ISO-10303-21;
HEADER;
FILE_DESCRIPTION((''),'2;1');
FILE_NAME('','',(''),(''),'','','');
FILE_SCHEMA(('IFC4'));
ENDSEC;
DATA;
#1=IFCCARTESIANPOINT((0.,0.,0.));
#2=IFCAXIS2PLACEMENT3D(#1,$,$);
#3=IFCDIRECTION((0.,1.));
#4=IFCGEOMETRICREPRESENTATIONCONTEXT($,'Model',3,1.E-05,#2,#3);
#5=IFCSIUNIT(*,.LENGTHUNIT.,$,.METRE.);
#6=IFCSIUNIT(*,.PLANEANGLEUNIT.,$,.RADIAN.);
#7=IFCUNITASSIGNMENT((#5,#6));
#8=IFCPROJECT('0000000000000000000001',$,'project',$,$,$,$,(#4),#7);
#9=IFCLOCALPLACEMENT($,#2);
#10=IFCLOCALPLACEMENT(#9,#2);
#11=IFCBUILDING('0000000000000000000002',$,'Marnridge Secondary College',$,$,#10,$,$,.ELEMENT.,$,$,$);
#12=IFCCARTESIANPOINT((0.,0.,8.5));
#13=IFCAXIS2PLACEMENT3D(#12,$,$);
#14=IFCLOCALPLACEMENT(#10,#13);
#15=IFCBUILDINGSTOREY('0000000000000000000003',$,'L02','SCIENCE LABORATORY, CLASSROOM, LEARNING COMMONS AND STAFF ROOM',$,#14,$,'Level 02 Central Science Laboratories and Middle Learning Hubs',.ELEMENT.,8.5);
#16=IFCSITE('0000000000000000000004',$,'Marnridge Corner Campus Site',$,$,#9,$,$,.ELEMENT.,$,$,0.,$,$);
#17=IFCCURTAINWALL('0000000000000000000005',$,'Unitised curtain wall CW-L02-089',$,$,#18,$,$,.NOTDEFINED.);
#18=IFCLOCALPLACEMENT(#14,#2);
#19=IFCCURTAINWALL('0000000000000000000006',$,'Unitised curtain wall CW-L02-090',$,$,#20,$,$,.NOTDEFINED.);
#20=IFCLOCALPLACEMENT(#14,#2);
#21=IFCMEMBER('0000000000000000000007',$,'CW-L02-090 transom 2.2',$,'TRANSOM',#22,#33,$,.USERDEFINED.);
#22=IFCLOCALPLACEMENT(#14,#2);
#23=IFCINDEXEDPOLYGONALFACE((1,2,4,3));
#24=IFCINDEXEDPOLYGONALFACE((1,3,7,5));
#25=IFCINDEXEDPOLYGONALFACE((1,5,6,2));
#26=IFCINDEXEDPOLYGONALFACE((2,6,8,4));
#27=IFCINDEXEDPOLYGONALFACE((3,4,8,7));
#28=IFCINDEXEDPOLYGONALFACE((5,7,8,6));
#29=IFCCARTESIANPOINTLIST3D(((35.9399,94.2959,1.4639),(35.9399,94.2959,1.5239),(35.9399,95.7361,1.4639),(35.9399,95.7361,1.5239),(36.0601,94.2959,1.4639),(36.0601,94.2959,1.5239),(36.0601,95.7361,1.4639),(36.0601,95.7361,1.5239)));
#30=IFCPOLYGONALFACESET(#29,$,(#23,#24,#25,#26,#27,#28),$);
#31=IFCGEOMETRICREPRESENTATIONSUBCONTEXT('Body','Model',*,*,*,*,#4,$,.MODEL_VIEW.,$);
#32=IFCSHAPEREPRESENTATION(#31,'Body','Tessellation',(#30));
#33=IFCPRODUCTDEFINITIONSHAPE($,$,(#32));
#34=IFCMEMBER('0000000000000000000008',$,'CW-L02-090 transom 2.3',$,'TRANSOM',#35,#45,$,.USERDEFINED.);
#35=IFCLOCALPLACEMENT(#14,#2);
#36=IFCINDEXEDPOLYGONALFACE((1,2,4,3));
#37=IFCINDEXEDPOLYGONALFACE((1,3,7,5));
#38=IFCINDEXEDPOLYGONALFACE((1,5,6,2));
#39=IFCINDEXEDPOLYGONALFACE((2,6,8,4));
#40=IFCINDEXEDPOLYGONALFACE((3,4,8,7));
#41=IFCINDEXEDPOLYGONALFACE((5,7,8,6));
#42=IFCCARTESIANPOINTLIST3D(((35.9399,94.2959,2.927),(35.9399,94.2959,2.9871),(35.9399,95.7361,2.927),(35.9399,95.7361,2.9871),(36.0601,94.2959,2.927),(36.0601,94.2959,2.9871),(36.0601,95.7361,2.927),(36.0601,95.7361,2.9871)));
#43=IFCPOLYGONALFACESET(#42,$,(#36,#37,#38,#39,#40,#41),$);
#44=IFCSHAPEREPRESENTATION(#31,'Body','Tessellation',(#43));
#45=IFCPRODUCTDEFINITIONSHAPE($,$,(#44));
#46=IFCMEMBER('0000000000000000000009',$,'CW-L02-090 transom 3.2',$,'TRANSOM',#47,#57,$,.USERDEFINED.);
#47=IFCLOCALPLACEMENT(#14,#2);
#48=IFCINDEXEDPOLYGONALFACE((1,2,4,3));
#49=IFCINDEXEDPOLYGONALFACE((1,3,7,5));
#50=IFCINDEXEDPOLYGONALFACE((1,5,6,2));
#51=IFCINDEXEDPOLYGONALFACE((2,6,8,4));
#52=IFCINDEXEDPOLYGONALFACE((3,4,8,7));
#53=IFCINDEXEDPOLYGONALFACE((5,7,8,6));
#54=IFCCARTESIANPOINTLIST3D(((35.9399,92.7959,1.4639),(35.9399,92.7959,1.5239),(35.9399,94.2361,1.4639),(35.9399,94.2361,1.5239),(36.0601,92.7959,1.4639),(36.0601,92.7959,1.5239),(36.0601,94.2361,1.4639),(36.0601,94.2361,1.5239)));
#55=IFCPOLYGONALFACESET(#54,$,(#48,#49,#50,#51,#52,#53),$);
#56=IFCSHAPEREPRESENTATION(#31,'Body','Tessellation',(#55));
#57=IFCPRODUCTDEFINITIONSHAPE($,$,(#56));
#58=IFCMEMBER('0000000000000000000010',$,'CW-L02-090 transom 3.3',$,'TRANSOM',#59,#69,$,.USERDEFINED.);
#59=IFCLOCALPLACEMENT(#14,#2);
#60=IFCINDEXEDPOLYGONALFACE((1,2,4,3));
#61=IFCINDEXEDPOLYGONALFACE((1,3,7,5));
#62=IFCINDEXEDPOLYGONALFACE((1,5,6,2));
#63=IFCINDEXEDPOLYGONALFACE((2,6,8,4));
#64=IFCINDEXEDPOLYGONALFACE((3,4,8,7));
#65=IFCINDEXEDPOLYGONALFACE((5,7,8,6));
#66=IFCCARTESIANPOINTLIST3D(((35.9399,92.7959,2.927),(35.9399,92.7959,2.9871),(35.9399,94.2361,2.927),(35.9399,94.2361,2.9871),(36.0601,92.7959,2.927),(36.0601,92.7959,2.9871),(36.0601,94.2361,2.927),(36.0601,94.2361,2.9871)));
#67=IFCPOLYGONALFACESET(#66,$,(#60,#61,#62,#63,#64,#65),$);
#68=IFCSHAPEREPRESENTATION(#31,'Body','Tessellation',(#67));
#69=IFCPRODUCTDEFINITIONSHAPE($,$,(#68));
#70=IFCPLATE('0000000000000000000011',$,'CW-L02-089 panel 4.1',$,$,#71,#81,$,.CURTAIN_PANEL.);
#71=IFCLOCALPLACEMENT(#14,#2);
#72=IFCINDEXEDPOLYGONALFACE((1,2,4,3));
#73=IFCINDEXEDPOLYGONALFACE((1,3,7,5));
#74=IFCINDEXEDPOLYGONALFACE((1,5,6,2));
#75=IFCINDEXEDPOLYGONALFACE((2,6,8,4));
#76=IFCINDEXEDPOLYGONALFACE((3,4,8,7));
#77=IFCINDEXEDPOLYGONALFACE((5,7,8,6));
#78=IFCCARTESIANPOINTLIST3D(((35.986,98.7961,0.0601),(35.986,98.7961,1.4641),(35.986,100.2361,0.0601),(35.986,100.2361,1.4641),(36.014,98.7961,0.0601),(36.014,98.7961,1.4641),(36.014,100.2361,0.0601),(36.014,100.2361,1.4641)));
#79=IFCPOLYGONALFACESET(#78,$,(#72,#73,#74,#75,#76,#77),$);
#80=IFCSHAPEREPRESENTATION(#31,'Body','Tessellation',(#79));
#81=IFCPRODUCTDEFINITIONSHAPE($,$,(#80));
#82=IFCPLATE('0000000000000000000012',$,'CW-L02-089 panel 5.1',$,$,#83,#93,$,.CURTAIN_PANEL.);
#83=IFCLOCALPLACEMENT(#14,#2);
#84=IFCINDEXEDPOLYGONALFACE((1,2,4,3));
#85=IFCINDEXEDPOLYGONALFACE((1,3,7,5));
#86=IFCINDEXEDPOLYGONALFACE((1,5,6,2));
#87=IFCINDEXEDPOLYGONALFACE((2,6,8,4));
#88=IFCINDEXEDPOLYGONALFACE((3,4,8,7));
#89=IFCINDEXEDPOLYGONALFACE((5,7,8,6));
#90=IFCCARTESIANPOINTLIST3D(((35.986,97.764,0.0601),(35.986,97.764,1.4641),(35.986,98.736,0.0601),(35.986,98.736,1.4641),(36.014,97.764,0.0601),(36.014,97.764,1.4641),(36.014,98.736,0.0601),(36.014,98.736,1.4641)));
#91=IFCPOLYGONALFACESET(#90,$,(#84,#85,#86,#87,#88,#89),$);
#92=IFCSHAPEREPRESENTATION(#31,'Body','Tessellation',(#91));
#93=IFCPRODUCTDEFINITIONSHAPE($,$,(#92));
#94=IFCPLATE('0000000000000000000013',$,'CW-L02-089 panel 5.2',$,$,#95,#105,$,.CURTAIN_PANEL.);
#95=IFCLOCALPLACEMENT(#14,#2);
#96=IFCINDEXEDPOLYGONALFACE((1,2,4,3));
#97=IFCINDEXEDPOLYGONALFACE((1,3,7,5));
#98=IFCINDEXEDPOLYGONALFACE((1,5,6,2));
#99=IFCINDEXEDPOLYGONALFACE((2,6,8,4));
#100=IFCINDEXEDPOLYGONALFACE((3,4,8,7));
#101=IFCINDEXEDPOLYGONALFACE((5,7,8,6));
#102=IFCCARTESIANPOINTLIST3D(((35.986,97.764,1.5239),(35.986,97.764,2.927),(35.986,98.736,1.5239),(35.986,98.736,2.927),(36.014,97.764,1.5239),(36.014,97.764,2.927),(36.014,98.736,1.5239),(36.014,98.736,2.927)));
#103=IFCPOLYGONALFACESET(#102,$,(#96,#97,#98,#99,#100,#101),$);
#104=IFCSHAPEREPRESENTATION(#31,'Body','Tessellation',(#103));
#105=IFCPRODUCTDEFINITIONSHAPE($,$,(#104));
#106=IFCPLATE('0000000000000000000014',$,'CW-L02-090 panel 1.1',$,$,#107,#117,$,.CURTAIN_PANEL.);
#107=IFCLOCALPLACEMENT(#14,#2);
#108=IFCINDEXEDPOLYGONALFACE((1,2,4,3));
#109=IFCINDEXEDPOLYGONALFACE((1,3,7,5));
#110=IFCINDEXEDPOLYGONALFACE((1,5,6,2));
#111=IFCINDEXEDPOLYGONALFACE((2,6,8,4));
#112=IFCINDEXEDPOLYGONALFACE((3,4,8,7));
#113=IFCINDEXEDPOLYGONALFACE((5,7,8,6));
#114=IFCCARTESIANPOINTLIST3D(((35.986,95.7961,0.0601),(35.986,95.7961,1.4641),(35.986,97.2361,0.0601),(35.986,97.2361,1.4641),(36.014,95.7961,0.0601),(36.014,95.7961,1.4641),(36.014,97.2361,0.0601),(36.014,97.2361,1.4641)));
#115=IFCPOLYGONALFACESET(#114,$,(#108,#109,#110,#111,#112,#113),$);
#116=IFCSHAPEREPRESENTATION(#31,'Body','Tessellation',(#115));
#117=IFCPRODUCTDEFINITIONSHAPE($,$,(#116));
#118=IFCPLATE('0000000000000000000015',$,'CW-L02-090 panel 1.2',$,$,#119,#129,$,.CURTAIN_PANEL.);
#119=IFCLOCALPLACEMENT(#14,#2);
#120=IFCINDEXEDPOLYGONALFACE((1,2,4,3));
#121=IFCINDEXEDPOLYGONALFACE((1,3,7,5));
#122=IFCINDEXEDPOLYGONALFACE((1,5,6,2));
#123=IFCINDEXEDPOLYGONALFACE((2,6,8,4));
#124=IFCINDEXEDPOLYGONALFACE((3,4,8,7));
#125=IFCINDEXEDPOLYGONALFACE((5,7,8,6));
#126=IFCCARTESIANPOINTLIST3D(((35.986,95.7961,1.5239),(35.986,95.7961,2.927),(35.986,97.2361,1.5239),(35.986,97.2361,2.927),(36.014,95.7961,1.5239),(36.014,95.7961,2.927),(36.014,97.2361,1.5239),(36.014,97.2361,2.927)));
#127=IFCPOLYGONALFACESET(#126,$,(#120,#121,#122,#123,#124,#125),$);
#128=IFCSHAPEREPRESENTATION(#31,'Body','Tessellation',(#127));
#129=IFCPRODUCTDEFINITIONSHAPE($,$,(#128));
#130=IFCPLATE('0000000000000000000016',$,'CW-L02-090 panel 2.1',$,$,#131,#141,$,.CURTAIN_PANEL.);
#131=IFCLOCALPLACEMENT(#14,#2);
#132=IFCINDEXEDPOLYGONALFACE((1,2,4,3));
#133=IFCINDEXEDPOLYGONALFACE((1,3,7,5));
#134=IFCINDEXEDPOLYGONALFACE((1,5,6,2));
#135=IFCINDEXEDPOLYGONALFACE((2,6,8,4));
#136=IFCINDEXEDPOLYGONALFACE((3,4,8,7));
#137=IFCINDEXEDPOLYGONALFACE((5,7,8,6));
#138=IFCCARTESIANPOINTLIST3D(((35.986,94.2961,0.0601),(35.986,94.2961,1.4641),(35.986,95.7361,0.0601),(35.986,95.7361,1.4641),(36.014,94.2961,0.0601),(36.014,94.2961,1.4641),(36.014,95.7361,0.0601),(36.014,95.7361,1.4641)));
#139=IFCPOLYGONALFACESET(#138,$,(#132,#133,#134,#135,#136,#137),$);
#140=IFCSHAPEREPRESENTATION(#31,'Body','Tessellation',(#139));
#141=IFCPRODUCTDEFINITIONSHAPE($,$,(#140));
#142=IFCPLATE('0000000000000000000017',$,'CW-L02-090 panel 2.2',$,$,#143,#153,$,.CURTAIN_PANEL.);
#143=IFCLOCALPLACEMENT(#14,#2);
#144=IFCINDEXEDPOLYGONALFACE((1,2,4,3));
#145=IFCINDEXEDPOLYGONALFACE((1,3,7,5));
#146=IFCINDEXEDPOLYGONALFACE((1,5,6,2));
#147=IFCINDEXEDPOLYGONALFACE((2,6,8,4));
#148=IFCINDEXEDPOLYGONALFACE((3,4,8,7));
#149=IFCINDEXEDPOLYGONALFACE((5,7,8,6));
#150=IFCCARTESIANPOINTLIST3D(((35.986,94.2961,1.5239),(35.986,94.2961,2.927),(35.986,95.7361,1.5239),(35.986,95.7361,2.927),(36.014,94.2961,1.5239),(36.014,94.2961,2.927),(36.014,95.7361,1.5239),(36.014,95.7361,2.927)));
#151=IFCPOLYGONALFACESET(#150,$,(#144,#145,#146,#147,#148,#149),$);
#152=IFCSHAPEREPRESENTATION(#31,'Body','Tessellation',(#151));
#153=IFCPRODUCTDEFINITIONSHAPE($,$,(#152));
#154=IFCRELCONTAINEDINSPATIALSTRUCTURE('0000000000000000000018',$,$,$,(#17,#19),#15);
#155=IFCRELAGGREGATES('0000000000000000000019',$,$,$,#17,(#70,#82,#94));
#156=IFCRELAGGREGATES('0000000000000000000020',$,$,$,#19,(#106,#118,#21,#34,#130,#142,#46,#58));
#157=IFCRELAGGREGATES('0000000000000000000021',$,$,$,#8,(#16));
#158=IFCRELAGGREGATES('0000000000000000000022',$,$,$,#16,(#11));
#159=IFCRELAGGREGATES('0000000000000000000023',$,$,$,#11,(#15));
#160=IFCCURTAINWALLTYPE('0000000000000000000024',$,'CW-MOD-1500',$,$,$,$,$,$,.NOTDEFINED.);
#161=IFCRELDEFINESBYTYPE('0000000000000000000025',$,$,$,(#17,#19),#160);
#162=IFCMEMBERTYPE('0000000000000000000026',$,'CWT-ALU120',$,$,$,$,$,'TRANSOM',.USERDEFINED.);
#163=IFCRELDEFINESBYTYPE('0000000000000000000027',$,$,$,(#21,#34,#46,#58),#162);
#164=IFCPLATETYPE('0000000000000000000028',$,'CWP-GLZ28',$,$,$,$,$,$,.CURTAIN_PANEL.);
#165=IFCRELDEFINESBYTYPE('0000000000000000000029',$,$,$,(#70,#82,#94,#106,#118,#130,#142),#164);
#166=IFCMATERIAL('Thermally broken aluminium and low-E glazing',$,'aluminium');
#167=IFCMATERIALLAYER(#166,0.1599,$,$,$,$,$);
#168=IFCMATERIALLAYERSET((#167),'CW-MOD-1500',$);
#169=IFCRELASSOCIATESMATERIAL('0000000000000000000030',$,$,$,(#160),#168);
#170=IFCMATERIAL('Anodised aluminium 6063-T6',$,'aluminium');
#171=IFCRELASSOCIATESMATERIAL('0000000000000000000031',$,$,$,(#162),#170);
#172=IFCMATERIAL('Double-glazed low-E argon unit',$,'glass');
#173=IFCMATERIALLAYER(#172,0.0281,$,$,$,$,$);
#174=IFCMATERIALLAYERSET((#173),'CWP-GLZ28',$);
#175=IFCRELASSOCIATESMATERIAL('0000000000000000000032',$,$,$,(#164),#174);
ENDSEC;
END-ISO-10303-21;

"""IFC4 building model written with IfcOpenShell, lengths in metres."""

from ifc_helpers import new_model, si_unit, direction, frame, origin, origin_2d, place, context, subcontext, project, spatial, rectangle, extrude, material, layer, layer_set, material_profile, profile_set, type_object, element, aggregate, save


model = new_model("IFC4")

# Units and contexts
model_context = context("Model", 3, precision=1e-05, world=origin(), true_north=direction((0.0, 1.0)))
body_context = subcontext(model_context, "Body", "Model", "MODEL_VIEW")
ifc_project = project(units=[si_unit("LENGTHUNIT", "METRE"), si_unit("PLANEANGLEUNIT", "RADIAN")], contexts=[model_context])

# Site, building, storey
site_placement = place(None, origin())
site = spatial("IfcSite", under=ifc_project, at=site_placement, Name="Marnridge Corner Campus Site", CompositionType="ELEMENT", RefElevation=0.0)
building_placement = place(site_placement, origin())
building = spatial("IfcBuilding", under=site, at=building_placement, Name="Marnridge Secondary College", CompositionType="ELEMENT")
storey_placement = place(building_placement, frame((0.0, 0.0, 8.5)))
storey = spatial("IfcBuildingStorey", under=building, at=storey_placement, Name="L02", Description="SCIENCE LABORATORY, CLASSROOM, LEARNING COMMONS AND STAFF ROOM", LongName="Level 02 Central Science Laboratories and Middle Learning Hubs", CompositionType="ELEMENT", Elevation=8.5)

# Curtain walls
ifc_material_1 = material(Name="Thermally broken aluminium and low-E glazing", Category="aluminium")
ifc_layer_1 = layer(ifc_material_1, 0.1599)
ifc_layer_set_1 = layer_set([ifc_layer_1], Name="CW-MOD-1500")
curtain_wall_type = type_object("IfcCurtainWallType", Name="CW-MOD-1500", PredefinedType="NOTDEFINED", material=ifc_layer_set_1)
curtain_wall_1_placement = place(storey_placement, origin())
curtain_wall_1 = element("IfcCurtainWall", 1, at=curtain_wall_1_placement, inside=storey, type_object=curtain_wall_type, Name="Unitised curtain wall CW-L02-089", PredefinedType="NOTDEFINED")
curtain_wall_2_placement = place(storey_placement, origin())
curtain_wall_2 = element("IfcCurtainWall", 2, at=curtain_wall_2_placement, inside=storey, type_object=curtain_wall_type, Name="Unitised curtain wall CW-L02-090", PredefinedType="NOTDEFINED")

# Members
ifc_material_2 = material(Name="Anodised aluminium 6063-T6", Category="aluminium")
ifc_material_profile_1 = material_profile(ifc_material_2, rectangle(XDim=0.0601, YDim=0.1201, at=origin_2d()), Name="ALU 60x120")
ifc_profile_set_1 = profile_set([ifc_material_profile_1], Name="Anodised aluminium 6063-T6")
member_type_1 = type_object("IfcMemberType", Name="CWT-ALU120", ElementType="TRANSOM", PredefinedType="USERDEFINED", material=ifc_profile_set_1)
member_1_placement = place(storey_placement, frame((36.0, 95.7361, 1.4939), z_axis=(0.0, -1.0, 0.0), x_axis=(0.0, 0.0, 1.0)))
member_1 = element("IfcMember", 3, at=member_1_placement, type_object=member_type_1, Name="CW-L02-090 transom 2.2", ObjectType="TRANSOM", PredefinedType="USERDEFINED", context=body_context, shape_type="SweptSolid", body=[
    extrude(rectangle(XDim=0.0601, YDim=0.1201, at=origin_2d()), origin(), (0.0, 0.0, 1.0), 1.4402),
])
member_2_placement = place(storey_placement, frame((36.0, 95.7361, 2.957), z_axis=(0.0, -1.0, 0.0), x_axis=(0.0, 0.0, 1.0)))
member_2 = element("IfcMember", 4, at=member_2_placement, type_object=member_type_1, Name="CW-L02-090 transom 2.3", ObjectType="TRANSOM", PredefinedType="USERDEFINED", context=body_context, shape_type="SweptSolid", body=[
    extrude(rectangle(XDim=0.0601, YDim=0.1201, at=origin_2d()), origin(), (0.0, 0.0, 1.0), 1.4402),
])
member_3_placement = place(storey_placement, frame((36.0, 94.2361, 1.4939), z_axis=(0.0, -1.0, 0.0), x_axis=(0.0, 0.0, 1.0)))
member_3 = element("IfcMember", 5, at=member_3_placement, type_object=member_type_1, Name="CW-L02-090 transom 3.2", ObjectType="TRANSOM", PredefinedType="USERDEFINED", context=body_context, shape_type="SweptSolid", body=[
    extrude(rectangle(XDim=0.0601, YDim=0.1201, at=origin_2d()), origin(), (0.0, 0.0, 1.0), 1.4402),
])
member_4_placement = place(storey_placement, frame((36.0, 94.2361, 2.957), z_axis=(0.0, -1.0, 0.0), x_axis=(0.0, 0.0, 1.0)))
member_4 = element("IfcMember", 6, at=member_4_placement, type_object=member_type_1, Name="CW-L02-090 transom 3.3", ObjectType="TRANSOM", PredefinedType="USERDEFINED", context=body_context, shape_type="SweptSolid", body=[
    extrude(rectangle(XDim=0.0601, YDim=0.1201, at=origin_2d()), origin(), (0.0, 0.0, 1.0), 1.4402),
])

# Plates
ifc_material_3 = material(Name="Double-glazed low-E argon unit", Category="glass")
ifc_layer_2 = layer(ifc_material_3, 0.0281)
ifc_layer_set_2 = layer_set([ifc_layer_2], Name="CWP-GLZ28")
plate_type = type_object("IfcPlateType", Name="CWP-GLZ28", PredefinedType="CURTAIN_PANEL", material=ifc_layer_set_2)
plate_1_placement = place(storey_placement, frame((36.0, 99.5161, 0.0601), z_axis=(0.0, 0.0, 1.0), x_axis=(0.0, -1.0, 0.0)))
plate_1 = element("IfcPlate", 7, at=plate_1_placement, type_object=plate_type, Name="CW-L02-089 panel 4.1", PredefinedType="CURTAIN_PANEL", context=body_context, shape_type="SweptSolid", body=[
    extrude(rectangle(XDim=1.4399, YDim=0.0281, at=origin_2d()), origin(), (0.0, 0.0, 1.0), 1.4041),
])
plate_2_placement = place(storey_placement, frame((36.0, 98.25, 0.0601), z_axis=(0.0, 0.0, 1.0), x_axis=(0.0, -1.0, 0.0)))
plate_2 = element("IfcPlate", 8, at=plate_2_placement, type_object=plate_type, Name="CW-L02-089 panel 5.1", PredefinedType="CURTAIN_PANEL", context=body_context, shape_type="SweptSolid", body=[
    extrude(rectangle(XDim=0.9719, YDim=0.0281, at=origin_2d()), origin(), (0.0, 0.0, 1.0), 1.4041),
])
plate_3_placement = place(storey_placement, frame((36.0, 98.25, 1.5239), z_axis=(0.0, 0.0, 1.0), x_axis=(0.0, -1.0, 0.0)))
plate_3 = element("IfcPlate", 9, at=plate_3_placement, type_object=plate_type, Name="CW-L02-089 panel 5.2", PredefinedType="CURTAIN_PANEL", context=body_context, shape_type="SweptSolid", body=[
    extrude(rectangle(XDim=0.9719, YDim=0.0281, at=origin_2d()), origin(), (0.0, 0.0, 1.0), 1.4031),
])
aggregate(curtain_wall_1, [plate_1, plate_2, plate_3])
plate_4_placement = place(storey_placement, frame((36.0, 96.5161, 0.0601), z_axis=(0.0, 0.0, 1.0), x_axis=(0.0, -1.0, 0.0)))
plate_4 = element("IfcPlate", 10, at=plate_4_placement, type_object=plate_type, Name="CW-L02-090 panel 1.1", PredefinedType="CURTAIN_PANEL", context=body_context, shape_type="SweptSolid", body=[
    extrude(rectangle(XDim=1.4399, YDim=0.0281, at=origin_2d()), origin(), (0.0, 0.0, 1.0), 1.4041),
])
plate_5_placement = place(storey_placement, frame((36.0, 96.5161, 1.5239), z_axis=(0.0, 0.0, 1.0), x_axis=(0.0, -1.0, 0.0)))
plate_5 = element("IfcPlate", 11, at=plate_5_placement, type_object=plate_type, Name="CW-L02-090 panel 1.2", PredefinedType="CURTAIN_PANEL", context=body_context, shape_type="SweptSolid", body=[
    extrude(rectangle(XDim=1.4399, YDim=0.0281, at=origin_2d()), origin(), (0.0, 0.0, 1.0), 1.4031),
])
plate_6_placement = place(storey_placement, frame((36.0, 95.0161, 0.0601), z_axis=(0.0, 0.0, 1.0), x_axis=(0.0, -1.0, 0.0)))
plate_6 = element("IfcPlate", 12, at=plate_6_placement, type_object=plate_type, Name="CW-L02-090 panel 2.1", PredefinedType="CURTAIN_PANEL", context=body_context, shape_type="SweptSolid", body=[
    extrude(rectangle(XDim=1.4399, YDim=0.0281, at=origin_2d()), origin(), (0.0, 0.0, 1.0), 1.4041),
])
plate_7_placement = place(storey_placement, frame((36.0, 95.0161, 1.5239), z_axis=(0.0, 0.0, 1.0), x_axis=(0.0, -1.0, 0.0)))
plate_7 = element("IfcPlate", 13, at=plate_7_placement, type_object=plate_type, Name="CW-L02-090 panel 2.2", PredefinedType="CURTAIN_PANEL", context=body_context, shape_type="SweptSolid", body=[
    extrude(rectangle(XDim=1.4399, YDim=0.0281, at=origin_2d()), origin(), (0.0, 0.0, 1.0), 1.4031),
])
aggregate(curtain_wall_2, [plate_4, plate_5, member_1, member_2, plate_6, plate_7, member_3, member_4])

save(model, "model.ifc")
